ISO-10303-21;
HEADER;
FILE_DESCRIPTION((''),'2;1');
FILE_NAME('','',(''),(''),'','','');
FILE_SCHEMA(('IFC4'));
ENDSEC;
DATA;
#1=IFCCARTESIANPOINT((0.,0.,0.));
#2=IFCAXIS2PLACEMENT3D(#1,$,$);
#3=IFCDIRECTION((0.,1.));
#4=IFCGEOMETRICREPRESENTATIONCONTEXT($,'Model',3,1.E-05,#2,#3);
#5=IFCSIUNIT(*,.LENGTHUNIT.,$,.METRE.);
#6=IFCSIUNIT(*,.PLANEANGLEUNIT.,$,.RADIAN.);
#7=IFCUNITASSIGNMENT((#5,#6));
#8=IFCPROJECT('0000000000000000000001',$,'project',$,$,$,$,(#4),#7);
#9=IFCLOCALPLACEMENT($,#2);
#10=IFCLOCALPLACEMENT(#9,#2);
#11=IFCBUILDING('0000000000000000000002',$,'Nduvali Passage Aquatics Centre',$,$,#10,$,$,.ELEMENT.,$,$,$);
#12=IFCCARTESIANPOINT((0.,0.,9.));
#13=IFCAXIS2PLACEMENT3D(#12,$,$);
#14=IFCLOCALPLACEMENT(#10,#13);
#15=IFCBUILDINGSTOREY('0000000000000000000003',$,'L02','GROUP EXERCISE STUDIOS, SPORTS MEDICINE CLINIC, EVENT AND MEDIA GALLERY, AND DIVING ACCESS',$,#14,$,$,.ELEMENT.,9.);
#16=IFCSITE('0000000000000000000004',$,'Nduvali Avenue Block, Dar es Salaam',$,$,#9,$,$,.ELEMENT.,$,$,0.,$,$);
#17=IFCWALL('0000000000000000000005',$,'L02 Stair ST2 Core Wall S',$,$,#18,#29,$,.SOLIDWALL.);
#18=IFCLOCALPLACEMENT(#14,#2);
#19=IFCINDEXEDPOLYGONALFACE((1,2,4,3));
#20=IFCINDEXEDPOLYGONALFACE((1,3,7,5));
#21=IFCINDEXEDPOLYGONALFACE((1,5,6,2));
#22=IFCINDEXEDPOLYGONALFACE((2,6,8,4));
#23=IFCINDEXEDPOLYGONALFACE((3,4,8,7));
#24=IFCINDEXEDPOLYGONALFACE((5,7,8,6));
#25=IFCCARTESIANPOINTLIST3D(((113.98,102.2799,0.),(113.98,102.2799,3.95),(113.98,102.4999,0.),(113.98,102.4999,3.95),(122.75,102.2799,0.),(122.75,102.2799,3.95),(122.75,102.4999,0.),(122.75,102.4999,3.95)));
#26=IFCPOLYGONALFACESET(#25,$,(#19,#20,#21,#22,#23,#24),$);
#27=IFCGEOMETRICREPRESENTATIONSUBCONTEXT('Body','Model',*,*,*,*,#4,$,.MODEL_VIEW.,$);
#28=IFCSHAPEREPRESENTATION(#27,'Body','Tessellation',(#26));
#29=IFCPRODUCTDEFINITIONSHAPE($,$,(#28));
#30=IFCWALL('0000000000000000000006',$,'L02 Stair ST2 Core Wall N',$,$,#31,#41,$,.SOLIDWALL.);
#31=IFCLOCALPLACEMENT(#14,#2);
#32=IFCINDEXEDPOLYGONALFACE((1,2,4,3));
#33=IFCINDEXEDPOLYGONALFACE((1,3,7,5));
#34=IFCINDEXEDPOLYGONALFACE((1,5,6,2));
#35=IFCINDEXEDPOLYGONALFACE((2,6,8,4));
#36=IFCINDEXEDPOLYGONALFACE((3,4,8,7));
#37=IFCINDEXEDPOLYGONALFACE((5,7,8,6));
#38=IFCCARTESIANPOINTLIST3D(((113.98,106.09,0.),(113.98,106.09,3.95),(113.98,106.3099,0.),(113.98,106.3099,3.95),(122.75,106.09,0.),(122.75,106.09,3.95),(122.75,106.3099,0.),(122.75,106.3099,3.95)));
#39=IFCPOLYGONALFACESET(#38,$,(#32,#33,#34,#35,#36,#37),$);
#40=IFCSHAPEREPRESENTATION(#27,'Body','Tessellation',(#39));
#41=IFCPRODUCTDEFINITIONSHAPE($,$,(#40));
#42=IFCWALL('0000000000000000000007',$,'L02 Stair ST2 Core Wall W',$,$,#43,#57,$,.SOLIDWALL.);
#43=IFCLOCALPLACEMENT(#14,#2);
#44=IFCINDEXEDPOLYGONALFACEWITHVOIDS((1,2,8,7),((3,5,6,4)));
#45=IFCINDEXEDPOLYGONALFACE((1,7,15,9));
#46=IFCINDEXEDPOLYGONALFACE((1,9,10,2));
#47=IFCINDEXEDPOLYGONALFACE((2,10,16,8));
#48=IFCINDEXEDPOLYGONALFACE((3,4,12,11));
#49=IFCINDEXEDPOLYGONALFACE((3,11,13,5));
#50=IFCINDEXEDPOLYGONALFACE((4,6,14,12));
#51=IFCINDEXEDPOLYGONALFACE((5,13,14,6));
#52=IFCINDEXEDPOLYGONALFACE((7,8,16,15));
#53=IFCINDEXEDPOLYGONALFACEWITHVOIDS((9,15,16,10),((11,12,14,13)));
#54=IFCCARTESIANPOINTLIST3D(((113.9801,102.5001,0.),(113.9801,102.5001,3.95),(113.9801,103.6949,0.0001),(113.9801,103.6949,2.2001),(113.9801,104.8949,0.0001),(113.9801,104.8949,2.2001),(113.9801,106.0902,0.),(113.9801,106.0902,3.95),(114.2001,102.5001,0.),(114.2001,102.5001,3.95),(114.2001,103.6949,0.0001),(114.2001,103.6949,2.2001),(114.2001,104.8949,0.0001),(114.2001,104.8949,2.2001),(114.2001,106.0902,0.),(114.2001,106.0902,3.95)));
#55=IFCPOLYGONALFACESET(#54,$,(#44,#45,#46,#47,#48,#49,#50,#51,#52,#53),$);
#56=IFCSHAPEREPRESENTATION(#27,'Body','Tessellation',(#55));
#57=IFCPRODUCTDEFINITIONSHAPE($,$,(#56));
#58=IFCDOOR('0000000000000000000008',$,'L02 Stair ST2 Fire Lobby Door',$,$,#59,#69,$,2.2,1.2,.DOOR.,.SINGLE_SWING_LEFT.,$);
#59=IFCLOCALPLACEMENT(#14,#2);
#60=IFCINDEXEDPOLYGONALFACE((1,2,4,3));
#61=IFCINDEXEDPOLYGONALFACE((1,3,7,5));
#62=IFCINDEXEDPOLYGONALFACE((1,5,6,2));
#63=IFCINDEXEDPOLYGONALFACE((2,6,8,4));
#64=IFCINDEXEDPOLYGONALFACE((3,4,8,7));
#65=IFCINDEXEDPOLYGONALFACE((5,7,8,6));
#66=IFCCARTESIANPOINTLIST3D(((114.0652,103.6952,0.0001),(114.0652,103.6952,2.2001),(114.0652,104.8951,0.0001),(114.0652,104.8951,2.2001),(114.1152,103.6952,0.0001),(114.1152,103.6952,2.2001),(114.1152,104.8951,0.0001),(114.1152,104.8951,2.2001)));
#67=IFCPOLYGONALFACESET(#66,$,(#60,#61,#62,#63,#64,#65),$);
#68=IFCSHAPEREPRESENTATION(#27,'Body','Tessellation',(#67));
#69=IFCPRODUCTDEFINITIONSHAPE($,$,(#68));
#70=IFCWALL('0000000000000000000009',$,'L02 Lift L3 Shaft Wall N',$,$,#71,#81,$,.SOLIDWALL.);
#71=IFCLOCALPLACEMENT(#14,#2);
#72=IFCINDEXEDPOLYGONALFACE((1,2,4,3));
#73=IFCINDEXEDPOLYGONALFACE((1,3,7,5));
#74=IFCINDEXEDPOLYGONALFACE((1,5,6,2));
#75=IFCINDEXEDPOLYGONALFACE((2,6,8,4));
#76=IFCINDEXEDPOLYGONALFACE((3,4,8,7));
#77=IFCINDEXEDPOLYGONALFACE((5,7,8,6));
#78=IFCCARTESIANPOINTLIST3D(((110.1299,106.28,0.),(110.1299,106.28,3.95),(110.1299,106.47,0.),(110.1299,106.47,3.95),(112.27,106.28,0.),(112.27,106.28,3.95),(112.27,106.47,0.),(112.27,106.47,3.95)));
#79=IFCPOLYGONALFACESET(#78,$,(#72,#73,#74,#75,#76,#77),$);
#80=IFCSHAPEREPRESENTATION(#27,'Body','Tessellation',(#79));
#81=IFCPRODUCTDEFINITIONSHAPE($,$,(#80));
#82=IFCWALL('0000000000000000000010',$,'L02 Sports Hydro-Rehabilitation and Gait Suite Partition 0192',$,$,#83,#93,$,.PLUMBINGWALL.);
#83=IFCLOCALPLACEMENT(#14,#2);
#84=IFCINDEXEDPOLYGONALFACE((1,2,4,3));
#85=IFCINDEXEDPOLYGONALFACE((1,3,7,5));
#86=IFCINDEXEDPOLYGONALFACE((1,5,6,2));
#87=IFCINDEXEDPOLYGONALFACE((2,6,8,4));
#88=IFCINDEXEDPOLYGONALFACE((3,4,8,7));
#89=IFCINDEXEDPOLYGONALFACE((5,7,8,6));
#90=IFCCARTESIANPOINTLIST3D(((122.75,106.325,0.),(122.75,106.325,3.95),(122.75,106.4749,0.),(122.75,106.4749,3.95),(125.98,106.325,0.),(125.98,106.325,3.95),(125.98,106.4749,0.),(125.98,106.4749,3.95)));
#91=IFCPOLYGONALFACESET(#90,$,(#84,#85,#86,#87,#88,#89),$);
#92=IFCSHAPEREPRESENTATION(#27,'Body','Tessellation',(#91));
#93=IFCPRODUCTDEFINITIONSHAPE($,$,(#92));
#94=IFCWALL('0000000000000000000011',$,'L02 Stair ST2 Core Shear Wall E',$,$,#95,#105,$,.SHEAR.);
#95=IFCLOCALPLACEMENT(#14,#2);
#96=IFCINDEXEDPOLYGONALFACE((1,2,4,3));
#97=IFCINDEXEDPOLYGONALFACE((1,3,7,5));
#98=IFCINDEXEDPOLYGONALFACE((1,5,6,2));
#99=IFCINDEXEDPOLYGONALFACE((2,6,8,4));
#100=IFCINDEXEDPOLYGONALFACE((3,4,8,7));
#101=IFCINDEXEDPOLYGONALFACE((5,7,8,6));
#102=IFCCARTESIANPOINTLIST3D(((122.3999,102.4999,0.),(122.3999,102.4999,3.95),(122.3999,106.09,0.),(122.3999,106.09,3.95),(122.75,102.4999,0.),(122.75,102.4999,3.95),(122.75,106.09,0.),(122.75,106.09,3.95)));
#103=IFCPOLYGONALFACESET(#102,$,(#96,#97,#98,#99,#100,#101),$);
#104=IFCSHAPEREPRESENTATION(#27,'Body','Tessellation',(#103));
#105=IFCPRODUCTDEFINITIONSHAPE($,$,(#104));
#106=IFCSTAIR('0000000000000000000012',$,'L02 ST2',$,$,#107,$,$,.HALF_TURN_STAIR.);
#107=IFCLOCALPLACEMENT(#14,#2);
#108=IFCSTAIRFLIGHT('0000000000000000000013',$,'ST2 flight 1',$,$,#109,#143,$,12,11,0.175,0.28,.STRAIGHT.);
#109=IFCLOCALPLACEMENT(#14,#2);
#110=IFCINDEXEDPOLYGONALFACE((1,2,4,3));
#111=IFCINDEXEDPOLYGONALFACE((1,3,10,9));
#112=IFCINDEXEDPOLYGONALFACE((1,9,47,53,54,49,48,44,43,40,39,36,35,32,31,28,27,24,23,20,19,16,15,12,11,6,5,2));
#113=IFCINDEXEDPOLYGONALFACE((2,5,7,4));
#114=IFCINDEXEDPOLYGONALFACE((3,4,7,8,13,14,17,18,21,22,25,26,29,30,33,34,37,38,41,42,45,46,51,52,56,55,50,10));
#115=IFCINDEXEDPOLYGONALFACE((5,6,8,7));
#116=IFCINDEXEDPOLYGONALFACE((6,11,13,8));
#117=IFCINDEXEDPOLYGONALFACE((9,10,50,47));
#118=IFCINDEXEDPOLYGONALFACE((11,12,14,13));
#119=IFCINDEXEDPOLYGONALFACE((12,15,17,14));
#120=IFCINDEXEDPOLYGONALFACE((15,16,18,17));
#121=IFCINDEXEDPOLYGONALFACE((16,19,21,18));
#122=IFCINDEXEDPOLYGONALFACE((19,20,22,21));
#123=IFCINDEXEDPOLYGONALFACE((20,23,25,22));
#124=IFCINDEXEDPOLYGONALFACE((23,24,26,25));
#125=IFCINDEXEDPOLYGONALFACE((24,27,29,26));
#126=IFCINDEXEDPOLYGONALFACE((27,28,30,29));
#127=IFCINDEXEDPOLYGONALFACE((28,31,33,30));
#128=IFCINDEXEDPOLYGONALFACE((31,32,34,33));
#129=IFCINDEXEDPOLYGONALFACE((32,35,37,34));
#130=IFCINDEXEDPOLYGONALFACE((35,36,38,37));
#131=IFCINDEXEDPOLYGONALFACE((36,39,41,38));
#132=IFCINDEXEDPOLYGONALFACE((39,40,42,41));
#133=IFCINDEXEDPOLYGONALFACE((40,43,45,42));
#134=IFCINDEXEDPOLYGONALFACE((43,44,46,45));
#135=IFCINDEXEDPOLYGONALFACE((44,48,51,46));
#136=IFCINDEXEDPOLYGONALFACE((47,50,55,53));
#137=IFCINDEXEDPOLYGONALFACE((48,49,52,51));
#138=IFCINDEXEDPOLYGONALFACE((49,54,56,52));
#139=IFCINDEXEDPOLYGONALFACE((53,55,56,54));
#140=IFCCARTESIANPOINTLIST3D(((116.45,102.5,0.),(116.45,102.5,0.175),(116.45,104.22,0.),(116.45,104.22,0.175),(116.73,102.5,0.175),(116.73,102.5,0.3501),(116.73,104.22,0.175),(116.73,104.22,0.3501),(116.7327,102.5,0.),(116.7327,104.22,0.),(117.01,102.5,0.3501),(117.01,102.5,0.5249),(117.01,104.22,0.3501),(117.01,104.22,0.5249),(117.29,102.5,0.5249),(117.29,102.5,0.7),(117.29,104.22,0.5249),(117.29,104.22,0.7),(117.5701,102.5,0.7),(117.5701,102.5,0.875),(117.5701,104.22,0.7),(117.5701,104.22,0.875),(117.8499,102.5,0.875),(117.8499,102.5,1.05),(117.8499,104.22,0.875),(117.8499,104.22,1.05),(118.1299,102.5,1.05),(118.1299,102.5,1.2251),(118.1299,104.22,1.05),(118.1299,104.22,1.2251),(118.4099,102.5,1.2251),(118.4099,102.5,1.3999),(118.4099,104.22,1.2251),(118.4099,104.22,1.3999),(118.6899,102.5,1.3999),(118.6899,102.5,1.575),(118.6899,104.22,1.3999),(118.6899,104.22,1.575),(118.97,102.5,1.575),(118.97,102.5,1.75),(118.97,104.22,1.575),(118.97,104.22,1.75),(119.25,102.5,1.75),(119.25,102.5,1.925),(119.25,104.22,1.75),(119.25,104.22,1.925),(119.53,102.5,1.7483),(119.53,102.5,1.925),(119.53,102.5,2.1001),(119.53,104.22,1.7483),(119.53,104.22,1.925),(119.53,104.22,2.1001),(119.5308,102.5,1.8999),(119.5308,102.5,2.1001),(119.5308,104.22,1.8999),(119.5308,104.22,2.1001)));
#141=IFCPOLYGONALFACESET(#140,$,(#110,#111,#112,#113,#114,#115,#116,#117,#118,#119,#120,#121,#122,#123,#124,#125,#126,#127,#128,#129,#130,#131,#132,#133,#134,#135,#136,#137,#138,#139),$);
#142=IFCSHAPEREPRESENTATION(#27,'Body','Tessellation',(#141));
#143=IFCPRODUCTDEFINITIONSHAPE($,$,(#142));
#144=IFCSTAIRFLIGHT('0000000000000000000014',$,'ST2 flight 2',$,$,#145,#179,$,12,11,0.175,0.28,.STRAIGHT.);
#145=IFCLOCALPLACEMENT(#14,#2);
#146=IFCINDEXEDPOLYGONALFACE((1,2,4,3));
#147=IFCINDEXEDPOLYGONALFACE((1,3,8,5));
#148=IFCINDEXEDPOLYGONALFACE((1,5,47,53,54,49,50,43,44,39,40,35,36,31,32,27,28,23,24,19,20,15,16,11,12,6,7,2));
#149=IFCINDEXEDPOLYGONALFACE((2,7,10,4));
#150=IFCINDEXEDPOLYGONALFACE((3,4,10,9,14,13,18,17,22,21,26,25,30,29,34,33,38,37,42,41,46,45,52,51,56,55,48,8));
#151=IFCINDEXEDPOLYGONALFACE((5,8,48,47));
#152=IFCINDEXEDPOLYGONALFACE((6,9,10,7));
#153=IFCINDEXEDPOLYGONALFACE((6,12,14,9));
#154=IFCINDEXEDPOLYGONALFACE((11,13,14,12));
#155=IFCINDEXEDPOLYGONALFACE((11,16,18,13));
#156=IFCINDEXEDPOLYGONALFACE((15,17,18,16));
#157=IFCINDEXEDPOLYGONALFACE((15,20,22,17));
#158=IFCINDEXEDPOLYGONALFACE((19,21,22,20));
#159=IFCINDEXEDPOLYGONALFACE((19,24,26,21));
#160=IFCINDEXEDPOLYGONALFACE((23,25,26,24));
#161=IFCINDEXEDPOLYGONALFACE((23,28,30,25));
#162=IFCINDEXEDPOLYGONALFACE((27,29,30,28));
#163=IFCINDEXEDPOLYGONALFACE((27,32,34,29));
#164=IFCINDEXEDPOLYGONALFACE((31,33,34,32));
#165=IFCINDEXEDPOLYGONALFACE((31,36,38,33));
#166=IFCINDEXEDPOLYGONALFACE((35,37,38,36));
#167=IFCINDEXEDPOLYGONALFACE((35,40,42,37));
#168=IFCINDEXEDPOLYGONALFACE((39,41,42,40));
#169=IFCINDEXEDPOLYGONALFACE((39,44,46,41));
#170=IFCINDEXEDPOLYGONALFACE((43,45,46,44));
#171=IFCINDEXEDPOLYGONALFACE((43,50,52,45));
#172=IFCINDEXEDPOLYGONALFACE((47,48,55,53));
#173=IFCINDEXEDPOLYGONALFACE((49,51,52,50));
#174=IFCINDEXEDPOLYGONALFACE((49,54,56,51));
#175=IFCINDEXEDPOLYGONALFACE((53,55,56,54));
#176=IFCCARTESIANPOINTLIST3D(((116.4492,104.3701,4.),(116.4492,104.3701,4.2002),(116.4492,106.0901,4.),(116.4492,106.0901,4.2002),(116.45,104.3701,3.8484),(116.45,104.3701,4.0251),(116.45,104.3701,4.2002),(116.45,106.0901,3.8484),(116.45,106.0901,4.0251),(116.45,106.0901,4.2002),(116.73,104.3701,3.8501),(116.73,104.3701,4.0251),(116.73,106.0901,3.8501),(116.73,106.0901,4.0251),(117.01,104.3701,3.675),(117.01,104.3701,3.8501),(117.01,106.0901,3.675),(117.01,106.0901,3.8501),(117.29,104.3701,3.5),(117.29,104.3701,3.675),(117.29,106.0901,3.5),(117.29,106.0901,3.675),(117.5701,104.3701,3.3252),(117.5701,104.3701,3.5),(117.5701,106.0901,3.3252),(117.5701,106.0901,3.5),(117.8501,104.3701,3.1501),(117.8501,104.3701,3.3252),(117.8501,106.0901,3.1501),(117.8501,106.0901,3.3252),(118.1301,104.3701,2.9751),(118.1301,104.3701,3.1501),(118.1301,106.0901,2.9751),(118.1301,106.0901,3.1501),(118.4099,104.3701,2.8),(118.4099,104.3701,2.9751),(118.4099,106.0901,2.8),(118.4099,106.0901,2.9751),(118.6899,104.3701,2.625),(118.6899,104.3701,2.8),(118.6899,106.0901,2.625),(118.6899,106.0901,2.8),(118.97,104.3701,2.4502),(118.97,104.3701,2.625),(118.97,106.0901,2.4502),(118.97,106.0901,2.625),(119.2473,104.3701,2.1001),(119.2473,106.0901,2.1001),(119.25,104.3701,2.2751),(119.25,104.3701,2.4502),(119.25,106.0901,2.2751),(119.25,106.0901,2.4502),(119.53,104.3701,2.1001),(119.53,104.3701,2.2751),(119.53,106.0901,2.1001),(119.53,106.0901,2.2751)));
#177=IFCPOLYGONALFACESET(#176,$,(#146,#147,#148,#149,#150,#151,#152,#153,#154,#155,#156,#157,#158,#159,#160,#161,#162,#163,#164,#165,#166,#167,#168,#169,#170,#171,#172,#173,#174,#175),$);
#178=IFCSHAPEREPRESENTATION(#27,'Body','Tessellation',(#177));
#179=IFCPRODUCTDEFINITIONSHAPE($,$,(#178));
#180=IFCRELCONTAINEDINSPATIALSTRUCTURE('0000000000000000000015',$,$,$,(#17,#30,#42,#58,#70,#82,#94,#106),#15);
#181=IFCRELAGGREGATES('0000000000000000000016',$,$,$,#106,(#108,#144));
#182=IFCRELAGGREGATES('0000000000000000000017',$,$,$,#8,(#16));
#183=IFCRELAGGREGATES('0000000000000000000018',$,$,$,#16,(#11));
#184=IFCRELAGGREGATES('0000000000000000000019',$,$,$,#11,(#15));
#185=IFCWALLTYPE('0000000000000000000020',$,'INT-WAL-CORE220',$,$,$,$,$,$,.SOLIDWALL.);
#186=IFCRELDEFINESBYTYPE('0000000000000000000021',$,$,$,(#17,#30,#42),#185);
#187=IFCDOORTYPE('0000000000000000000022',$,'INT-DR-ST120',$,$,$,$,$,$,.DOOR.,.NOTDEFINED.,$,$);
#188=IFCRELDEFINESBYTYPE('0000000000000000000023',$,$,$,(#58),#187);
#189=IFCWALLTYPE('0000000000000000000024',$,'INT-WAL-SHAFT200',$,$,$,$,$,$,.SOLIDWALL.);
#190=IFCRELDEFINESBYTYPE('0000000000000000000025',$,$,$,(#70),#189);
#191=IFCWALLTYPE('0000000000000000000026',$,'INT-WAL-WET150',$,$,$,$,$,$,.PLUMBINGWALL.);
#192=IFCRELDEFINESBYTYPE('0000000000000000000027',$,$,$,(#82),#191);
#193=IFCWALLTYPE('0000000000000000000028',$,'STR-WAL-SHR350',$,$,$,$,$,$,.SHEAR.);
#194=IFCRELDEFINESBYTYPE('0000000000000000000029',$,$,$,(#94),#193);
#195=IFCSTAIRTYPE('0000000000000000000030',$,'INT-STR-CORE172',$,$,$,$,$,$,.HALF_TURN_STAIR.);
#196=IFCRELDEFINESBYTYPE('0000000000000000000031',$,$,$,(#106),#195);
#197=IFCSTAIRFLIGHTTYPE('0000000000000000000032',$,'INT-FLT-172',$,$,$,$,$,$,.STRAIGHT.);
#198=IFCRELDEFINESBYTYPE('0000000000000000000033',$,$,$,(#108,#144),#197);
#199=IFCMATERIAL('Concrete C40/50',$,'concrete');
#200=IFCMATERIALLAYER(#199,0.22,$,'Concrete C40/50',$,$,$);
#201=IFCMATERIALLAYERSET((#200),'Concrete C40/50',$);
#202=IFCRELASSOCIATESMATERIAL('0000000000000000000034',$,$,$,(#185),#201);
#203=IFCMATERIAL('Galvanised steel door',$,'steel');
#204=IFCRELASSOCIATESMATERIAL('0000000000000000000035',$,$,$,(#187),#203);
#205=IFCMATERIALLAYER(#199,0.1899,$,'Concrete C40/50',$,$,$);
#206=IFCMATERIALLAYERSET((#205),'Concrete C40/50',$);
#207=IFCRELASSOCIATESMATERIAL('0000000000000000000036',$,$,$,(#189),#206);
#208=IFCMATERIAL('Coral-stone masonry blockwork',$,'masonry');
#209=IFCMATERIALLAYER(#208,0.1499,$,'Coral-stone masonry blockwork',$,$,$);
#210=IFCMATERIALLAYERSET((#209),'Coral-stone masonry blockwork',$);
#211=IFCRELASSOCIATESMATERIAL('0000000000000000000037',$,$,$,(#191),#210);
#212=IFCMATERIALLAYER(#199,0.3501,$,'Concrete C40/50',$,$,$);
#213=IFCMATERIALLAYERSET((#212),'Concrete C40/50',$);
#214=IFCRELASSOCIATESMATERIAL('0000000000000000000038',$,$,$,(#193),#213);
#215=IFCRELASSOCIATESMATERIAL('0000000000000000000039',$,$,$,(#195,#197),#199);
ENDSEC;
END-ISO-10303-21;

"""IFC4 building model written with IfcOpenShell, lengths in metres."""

from ifc_helpers import new_model, si_unit, direction, frame, frame_2d, origin, place, context, subcontext, project, spatial, polyline, rectangle, outline, extrude, material, layer, layer_set, type_object, element, fill, aggregate, save


model = new_model("IFC4")

# Units and contexts
model_context = context("Model", 3, precision=1e-05, world=origin(), true_north=direction((0.0, 1.0)))
body_context = subcontext(model_context, "Body", "Model", "MODEL_VIEW")
ifc_project = project(units=[si_unit("LENGTHUNIT", "METRE"), si_unit("PLANEANGLEUNIT", "RADIAN")], contexts=[model_context])

# Site, building, storey
site_placement = place(None, origin())
site = spatial("IfcSite", under=ifc_project, at=site_placement, Name="Nduvali Avenue Block, Dar es Salaam", CompositionType="ELEMENT", RefElevation=0.0)
building_placement = place(site_placement, origin())
building = spatial("IfcBuilding", under=site, at=building_placement, Name="Nduvali Passage Aquatics Centre", CompositionType="ELEMENT")
storey_placement = place(building_placement, frame((0.0, 0.0, 9.0)))
storey = spatial("IfcBuildingStorey", under=building, at=storey_placement, Name="L02", Description="GROUP EXERCISE STUDIOS, SPORTS MEDICINE CLINIC, EVENT AND MEDIA GALLERY, AND DIVING ACCESS", CompositionType="ELEMENT", Elevation=9.0)

# Walls
ifc_material_1 = material(Name="Coral-stone masonry blockwork", Category="masonry")
ifc_material_2 = material(Name="Concrete C40/50", Category="concrete")
ifc_layer_1 = layer(ifc_material_2, 0.22, Name="Concrete C40/50")
ifc_layer_set_1 = layer_set([ifc_layer_1], Name="Concrete C40/50")
wall_type_1 = type_object("IfcWallType", Name="INT-WAL-CORE220", PredefinedType="SOLIDWALL", material=ifc_layer_set_1)
for number, where, z_axis, x_axis, name in (
    (1, (113.98, 102.3899, 0.0), (0.0, 0.0, 1.0), (1.0, 0.0, 0.0), "L02 Stair ST2 Core Wall S"),
    (2, (122.75, 106.2, 0.0), (0.0, 0.0, 1.0), (-1.0, 0.0, 0.0), "L02 Stair ST2 Core Wall N"),
):
    element("IfcWall", number, at=place(storey_placement, frame(where, z_axis=z_axis, x_axis=x_axis)), inside=storey, type_object=wall_type_1, Name=name, PredefinedType="SOLIDWALL", context=body_context, shape_type="SweptSolid", body=[
        extrude(rectangle(XDim=8.77, YDim=0.22, at=frame_2d((4.385, 0.0))), origin(), (0.0, 0.0, 1.0), 3.95),
    ])

# Wall, opening, door
wall_1_placement = place(storey_placement, frame((114.0901, 106.0901, 0.0), z_axis=(0.0, 0.0, 1.0), x_axis=(0.0, -1.0, 0.0)))
wall_1 = element("IfcWall", 3, at=wall_1_placement, inside=storey, type_object=wall_type_1, Name="L02 Stair ST2 Core Wall W", PredefinedType="SOLIDWALL", context=body_context, shape_type="SweptSolid", body=[
    extrude(rectangle(XDim=3.5901, YDim=0.22, at=frame_2d((1.7949, 0.0))), origin(), (0.0, 0.0, 1.0), 3.95),
])
opening_1_placement = place(wall_1_placement, frame((1.1951, 0.0, 0.0)))
opening_1 = element("IfcOpeningElement", 4, at=opening_1_placement, cuts=wall_1, PredefinedType="OPENING", context=body_context, shape_type="SweptSolid", body=[
    extrude(rectangle(XDim=1.2, YDim=2.2, at=frame_2d((0.6001, 1.1001))), frame((0.0, 0.125, 0.0), z_axis=(0.0, -1.0, 0.0), x_axis=(1.0, 0.0, 0.0)), (0.0, 0.0, 1.0), 0.2498),
])
ifc_material_3 = material(Name="Galvanised steel door", Category="steel")
door_type_1 = type_object("IfcDoorType", Name="INT-DR-ST120", OperationType="NOTDEFINED", PredefinedType="DOOR", material=ifc_material_3)
door_1_placement = place(opening_1_placement, frame((1.2, 0.0, 0.0), z_axis=(0.0, 0.0, 1.0), x_axis=(-1.0, 0.0, 0.0)))
door_1 = element("IfcDoor", 5, at=door_1_placement, inside=storey, type_object=door_type_1, Name="L02 Stair ST2 Fire Lobby Door", OperationType="SINGLE_SWING_LEFT", OverallHeight=2.2, OverallWidth=1.2, PredefinedType="DOOR", context=body_context, shape_type="SweptSolid", body=[
    extrude(rectangle(XDim=1.2, YDim=2.2, at=frame_2d((0.6001, 1.1001))), frame((0.0, 0.0249, 0.0), z_axis=(0.0, -1.0, 0.0), x_axis=(1.0, 0.0, 0.0)), (0.0, 0.0, 1.0), 0.05),
])
fill(opening_1, door_1)

# Wall
ifc_layer_2 = layer(ifc_material_2, 0.1899, Name="Concrete C40/50")
ifc_layer_set_2 = layer_set([ifc_layer_2], Name="Concrete C40/50")
wall_type_2 = type_object("IfcWallType", Name="INT-WAL-SHAFT200", PredefinedType="SOLIDWALL", material=ifc_layer_set_2)
wall_2_placement = place(storey_placement, frame((112.27, 106.375, 0.0), z_axis=(0.0, 0.0, 1.0), x_axis=(-1.0, 0.0, 0.0)))
element("IfcWall", 6, at=wall_2_placement, inside=storey, type_object=wall_type_2, Name="L02 Lift L3 Shaft Wall N", PredefinedType="SOLIDWALL", context=body_context, shape_type="SweptSolid", body=[
    extrude(rectangle(XDim=2.1401, YDim=0.1899, at=frame_2d((1.0701, 0.0))), origin(), (0.0, 0.0, 1.0), 3.95),
])

# Shared definitions
ifc_layer_3 = layer(ifc_material_1, 0.1499, Name="Coral-stone masonry blockwork")
ifc_layer_set_3 = layer_set([ifc_layer_3], Name="Coral-stone masonry blockwork")
wall_type_3 = type_object("IfcWallType", Name="INT-WAL-WET150", PredefinedType="PLUMBINGWALL", material=ifc_layer_set_3)

# Walls
wall_3_placement = place(storey_placement, frame((122.75, 106.3999, 0.0), z_axis=(0.0, 0.0, 1.0), x_axis=(1.0, 0.0, 0.0)))
element("IfcWall", 7, at=wall_3_placement, inside=storey, type_object=wall_type_3, Name="L02 Sports Hydro-Rehabilitation and Gait Suite Partition 0192", PredefinedType="PLUMBINGWALL", context=body_context, shape_type="SweptSolid", body=[
    extrude(rectangle(XDim=3.23, YDim=0.1499, at=frame_2d((1.615, 0.0))), origin(), (0.0, 0.0, 1.0), 3.95),
])
ifc_layer_4 = layer(ifc_material_2, 0.3501, Name="Concrete C40/50")
ifc_layer_set_4 = layer_set([ifc_layer_4], Name="Concrete C40/50")
wall_type_4 = type_object("IfcWallType", Name="STR-WAL-SHR350", PredefinedType="SHEAR", material=ifc_layer_set_4)
wall_4_placement = place(storey_placement, frame((122.575, 102.5, 0.0), z_axis=(0.0, 0.0, 1.0), x_axis=(0.0, 1.0, 0.0)))
element("IfcWall", 8, at=wall_4_placement, inside=storey, type_object=wall_type_4, Name="L02 Stair ST2 Core Shear Wall E", PredefinedType="SHEAR", context=body_context, shape_type="SweptSolid", body=[
    extrude(rectangle(XDim=3.5901, YDim=0.3501, at=frame_2d((1.7949, 0.0))), origin(), (0.0, 0.0, 1.0), 3.95),
])

# Stair, stair flights
stair_type = type_object("IfcStairType", Name="INT-STR-CORE172", PredefinedType="HALF_TURN_STAIR", material=ifc_material_2)
stair_placement = place(storey_placement, origin())
stair = element("IfcStair", 9, at=stair_placement, inside=storey, type_object=stair_type, Name="L02 ST2", PredefinedType="HALF_TURN_STAIR")
stair_flight_type = type_object("IfcStairFlightType", Name="INT-FLT-172", PredefinedType="STRAIGHT", material=ifc_material_2)
stair_flight_1_placement = place(storey_placement, frame((116.45, 103.3601, 0.0), z_axis=(0.0, 0.0, 1.0), x_axis=(1.0, 0.0, 0.0)))
stair_flight_1 = element("IfcStairFlight", 10, at=stair_flight_1_placement, type_object=stair_flight_type, Name="ST2 flight 1", NumberOfRisers=12, NumberOfTreads=11, PredefinedType="STRAIGHT", RiserHeight=0.175, TreadLength=0.28, context=body_context, shape_type="SweptSolid", body=[
    extrude(outline(polyline([(0.0, 0.0), (0.0, 0.175), (0.28, 0.175), (0.28, 0.3501), (0.5601, 0.3501), (0.5601, 0.5249), (0.8401, 0.5249), (0.8401, 0.7), (1.1201, 0.7), (1.1201, 0.875), (1.3999, 0.875), (1.3999, 1.05), (1.6799, 1.05), (1.6799, 1.2251), (1.96, 1.2251), (1.96, 1.3999), (2.24, 1.3999), (2.24, 1.575), (2.52, 1.575), (2.52, 1.75), (2.8, 1.75), (2.8, 1.925), (3.0801, 1.925), (3.0801, 2.1001), (3.0808, 2.1001), (3.0808, 1.8999), (3.0801, 1.7483), (0.2827, 0.0), (0.0, 0.0)])), frame((0.0, 0.8599, 0.0), z_axis=(0.0, -1.0, 0.0), x_axis=(1.0, 0.0, 0.0)), (0.0, 0.0, 1.0), 1.72),
])
stair_flight_2_placement = place(storey_placement, frame((119.53, 105.23, 2.1001), z_axis=(0.0, 0.0, 1.0), x_axis=(-1.0, 0.0, 0.0)))
stair_flight_2 = element("IfcStairFlight", 11, at=stair_flight_2_placement, type_object=stair_flight_type, Name="ST2 flight 2", NumberOfRisers=12, NumberOfTreads=11, PredefinedType="STRAIGHT", RiserHeight=0.175, TreadLength=0.28, context=body_context, shape_type="SweptSolid", body=[
    extrude(outline(polyline([(0.0, 0.0), (0.0, 0.175), (0.28, 0.175), (0.28, 0.3501), (0.5601, 0.3501), (0.5601, 0.5249), (0.8401, 0.5249), (0.8401, 0.7), (1.1201, 0.7), (1.1201, 0.875), (1.3999, 0.875), (1.3999, 1.05), (1.6799, 1.05), (1.6799, 1.2251), (1.96, 1.2251), (1.96, 1.3999), (2.24, 1.3999), (2.24, 1.575), (2.52, 1.575), (2.52, 1.75), (2.8, 1.75), (2.8, 1.925), (3.0801, 1.925), (3.0801, 2.1001), (3.0808, 2.1001), (3.0808, 1.8999), (3.0801, 1.7483), (0.2827, 0.0), (0.0, 0.0)])), frame((0.0, 0.8599, 0.0), z_axis=(0.0, -1.0, 0.0), x_axis=(1.0, 0.0, 0.0)), (0.0, 0.0, 1.0), 1.72),
])
aggregate(stair, [stair_flight_1, stair_flight_2])

save(model, "model.ifc")
